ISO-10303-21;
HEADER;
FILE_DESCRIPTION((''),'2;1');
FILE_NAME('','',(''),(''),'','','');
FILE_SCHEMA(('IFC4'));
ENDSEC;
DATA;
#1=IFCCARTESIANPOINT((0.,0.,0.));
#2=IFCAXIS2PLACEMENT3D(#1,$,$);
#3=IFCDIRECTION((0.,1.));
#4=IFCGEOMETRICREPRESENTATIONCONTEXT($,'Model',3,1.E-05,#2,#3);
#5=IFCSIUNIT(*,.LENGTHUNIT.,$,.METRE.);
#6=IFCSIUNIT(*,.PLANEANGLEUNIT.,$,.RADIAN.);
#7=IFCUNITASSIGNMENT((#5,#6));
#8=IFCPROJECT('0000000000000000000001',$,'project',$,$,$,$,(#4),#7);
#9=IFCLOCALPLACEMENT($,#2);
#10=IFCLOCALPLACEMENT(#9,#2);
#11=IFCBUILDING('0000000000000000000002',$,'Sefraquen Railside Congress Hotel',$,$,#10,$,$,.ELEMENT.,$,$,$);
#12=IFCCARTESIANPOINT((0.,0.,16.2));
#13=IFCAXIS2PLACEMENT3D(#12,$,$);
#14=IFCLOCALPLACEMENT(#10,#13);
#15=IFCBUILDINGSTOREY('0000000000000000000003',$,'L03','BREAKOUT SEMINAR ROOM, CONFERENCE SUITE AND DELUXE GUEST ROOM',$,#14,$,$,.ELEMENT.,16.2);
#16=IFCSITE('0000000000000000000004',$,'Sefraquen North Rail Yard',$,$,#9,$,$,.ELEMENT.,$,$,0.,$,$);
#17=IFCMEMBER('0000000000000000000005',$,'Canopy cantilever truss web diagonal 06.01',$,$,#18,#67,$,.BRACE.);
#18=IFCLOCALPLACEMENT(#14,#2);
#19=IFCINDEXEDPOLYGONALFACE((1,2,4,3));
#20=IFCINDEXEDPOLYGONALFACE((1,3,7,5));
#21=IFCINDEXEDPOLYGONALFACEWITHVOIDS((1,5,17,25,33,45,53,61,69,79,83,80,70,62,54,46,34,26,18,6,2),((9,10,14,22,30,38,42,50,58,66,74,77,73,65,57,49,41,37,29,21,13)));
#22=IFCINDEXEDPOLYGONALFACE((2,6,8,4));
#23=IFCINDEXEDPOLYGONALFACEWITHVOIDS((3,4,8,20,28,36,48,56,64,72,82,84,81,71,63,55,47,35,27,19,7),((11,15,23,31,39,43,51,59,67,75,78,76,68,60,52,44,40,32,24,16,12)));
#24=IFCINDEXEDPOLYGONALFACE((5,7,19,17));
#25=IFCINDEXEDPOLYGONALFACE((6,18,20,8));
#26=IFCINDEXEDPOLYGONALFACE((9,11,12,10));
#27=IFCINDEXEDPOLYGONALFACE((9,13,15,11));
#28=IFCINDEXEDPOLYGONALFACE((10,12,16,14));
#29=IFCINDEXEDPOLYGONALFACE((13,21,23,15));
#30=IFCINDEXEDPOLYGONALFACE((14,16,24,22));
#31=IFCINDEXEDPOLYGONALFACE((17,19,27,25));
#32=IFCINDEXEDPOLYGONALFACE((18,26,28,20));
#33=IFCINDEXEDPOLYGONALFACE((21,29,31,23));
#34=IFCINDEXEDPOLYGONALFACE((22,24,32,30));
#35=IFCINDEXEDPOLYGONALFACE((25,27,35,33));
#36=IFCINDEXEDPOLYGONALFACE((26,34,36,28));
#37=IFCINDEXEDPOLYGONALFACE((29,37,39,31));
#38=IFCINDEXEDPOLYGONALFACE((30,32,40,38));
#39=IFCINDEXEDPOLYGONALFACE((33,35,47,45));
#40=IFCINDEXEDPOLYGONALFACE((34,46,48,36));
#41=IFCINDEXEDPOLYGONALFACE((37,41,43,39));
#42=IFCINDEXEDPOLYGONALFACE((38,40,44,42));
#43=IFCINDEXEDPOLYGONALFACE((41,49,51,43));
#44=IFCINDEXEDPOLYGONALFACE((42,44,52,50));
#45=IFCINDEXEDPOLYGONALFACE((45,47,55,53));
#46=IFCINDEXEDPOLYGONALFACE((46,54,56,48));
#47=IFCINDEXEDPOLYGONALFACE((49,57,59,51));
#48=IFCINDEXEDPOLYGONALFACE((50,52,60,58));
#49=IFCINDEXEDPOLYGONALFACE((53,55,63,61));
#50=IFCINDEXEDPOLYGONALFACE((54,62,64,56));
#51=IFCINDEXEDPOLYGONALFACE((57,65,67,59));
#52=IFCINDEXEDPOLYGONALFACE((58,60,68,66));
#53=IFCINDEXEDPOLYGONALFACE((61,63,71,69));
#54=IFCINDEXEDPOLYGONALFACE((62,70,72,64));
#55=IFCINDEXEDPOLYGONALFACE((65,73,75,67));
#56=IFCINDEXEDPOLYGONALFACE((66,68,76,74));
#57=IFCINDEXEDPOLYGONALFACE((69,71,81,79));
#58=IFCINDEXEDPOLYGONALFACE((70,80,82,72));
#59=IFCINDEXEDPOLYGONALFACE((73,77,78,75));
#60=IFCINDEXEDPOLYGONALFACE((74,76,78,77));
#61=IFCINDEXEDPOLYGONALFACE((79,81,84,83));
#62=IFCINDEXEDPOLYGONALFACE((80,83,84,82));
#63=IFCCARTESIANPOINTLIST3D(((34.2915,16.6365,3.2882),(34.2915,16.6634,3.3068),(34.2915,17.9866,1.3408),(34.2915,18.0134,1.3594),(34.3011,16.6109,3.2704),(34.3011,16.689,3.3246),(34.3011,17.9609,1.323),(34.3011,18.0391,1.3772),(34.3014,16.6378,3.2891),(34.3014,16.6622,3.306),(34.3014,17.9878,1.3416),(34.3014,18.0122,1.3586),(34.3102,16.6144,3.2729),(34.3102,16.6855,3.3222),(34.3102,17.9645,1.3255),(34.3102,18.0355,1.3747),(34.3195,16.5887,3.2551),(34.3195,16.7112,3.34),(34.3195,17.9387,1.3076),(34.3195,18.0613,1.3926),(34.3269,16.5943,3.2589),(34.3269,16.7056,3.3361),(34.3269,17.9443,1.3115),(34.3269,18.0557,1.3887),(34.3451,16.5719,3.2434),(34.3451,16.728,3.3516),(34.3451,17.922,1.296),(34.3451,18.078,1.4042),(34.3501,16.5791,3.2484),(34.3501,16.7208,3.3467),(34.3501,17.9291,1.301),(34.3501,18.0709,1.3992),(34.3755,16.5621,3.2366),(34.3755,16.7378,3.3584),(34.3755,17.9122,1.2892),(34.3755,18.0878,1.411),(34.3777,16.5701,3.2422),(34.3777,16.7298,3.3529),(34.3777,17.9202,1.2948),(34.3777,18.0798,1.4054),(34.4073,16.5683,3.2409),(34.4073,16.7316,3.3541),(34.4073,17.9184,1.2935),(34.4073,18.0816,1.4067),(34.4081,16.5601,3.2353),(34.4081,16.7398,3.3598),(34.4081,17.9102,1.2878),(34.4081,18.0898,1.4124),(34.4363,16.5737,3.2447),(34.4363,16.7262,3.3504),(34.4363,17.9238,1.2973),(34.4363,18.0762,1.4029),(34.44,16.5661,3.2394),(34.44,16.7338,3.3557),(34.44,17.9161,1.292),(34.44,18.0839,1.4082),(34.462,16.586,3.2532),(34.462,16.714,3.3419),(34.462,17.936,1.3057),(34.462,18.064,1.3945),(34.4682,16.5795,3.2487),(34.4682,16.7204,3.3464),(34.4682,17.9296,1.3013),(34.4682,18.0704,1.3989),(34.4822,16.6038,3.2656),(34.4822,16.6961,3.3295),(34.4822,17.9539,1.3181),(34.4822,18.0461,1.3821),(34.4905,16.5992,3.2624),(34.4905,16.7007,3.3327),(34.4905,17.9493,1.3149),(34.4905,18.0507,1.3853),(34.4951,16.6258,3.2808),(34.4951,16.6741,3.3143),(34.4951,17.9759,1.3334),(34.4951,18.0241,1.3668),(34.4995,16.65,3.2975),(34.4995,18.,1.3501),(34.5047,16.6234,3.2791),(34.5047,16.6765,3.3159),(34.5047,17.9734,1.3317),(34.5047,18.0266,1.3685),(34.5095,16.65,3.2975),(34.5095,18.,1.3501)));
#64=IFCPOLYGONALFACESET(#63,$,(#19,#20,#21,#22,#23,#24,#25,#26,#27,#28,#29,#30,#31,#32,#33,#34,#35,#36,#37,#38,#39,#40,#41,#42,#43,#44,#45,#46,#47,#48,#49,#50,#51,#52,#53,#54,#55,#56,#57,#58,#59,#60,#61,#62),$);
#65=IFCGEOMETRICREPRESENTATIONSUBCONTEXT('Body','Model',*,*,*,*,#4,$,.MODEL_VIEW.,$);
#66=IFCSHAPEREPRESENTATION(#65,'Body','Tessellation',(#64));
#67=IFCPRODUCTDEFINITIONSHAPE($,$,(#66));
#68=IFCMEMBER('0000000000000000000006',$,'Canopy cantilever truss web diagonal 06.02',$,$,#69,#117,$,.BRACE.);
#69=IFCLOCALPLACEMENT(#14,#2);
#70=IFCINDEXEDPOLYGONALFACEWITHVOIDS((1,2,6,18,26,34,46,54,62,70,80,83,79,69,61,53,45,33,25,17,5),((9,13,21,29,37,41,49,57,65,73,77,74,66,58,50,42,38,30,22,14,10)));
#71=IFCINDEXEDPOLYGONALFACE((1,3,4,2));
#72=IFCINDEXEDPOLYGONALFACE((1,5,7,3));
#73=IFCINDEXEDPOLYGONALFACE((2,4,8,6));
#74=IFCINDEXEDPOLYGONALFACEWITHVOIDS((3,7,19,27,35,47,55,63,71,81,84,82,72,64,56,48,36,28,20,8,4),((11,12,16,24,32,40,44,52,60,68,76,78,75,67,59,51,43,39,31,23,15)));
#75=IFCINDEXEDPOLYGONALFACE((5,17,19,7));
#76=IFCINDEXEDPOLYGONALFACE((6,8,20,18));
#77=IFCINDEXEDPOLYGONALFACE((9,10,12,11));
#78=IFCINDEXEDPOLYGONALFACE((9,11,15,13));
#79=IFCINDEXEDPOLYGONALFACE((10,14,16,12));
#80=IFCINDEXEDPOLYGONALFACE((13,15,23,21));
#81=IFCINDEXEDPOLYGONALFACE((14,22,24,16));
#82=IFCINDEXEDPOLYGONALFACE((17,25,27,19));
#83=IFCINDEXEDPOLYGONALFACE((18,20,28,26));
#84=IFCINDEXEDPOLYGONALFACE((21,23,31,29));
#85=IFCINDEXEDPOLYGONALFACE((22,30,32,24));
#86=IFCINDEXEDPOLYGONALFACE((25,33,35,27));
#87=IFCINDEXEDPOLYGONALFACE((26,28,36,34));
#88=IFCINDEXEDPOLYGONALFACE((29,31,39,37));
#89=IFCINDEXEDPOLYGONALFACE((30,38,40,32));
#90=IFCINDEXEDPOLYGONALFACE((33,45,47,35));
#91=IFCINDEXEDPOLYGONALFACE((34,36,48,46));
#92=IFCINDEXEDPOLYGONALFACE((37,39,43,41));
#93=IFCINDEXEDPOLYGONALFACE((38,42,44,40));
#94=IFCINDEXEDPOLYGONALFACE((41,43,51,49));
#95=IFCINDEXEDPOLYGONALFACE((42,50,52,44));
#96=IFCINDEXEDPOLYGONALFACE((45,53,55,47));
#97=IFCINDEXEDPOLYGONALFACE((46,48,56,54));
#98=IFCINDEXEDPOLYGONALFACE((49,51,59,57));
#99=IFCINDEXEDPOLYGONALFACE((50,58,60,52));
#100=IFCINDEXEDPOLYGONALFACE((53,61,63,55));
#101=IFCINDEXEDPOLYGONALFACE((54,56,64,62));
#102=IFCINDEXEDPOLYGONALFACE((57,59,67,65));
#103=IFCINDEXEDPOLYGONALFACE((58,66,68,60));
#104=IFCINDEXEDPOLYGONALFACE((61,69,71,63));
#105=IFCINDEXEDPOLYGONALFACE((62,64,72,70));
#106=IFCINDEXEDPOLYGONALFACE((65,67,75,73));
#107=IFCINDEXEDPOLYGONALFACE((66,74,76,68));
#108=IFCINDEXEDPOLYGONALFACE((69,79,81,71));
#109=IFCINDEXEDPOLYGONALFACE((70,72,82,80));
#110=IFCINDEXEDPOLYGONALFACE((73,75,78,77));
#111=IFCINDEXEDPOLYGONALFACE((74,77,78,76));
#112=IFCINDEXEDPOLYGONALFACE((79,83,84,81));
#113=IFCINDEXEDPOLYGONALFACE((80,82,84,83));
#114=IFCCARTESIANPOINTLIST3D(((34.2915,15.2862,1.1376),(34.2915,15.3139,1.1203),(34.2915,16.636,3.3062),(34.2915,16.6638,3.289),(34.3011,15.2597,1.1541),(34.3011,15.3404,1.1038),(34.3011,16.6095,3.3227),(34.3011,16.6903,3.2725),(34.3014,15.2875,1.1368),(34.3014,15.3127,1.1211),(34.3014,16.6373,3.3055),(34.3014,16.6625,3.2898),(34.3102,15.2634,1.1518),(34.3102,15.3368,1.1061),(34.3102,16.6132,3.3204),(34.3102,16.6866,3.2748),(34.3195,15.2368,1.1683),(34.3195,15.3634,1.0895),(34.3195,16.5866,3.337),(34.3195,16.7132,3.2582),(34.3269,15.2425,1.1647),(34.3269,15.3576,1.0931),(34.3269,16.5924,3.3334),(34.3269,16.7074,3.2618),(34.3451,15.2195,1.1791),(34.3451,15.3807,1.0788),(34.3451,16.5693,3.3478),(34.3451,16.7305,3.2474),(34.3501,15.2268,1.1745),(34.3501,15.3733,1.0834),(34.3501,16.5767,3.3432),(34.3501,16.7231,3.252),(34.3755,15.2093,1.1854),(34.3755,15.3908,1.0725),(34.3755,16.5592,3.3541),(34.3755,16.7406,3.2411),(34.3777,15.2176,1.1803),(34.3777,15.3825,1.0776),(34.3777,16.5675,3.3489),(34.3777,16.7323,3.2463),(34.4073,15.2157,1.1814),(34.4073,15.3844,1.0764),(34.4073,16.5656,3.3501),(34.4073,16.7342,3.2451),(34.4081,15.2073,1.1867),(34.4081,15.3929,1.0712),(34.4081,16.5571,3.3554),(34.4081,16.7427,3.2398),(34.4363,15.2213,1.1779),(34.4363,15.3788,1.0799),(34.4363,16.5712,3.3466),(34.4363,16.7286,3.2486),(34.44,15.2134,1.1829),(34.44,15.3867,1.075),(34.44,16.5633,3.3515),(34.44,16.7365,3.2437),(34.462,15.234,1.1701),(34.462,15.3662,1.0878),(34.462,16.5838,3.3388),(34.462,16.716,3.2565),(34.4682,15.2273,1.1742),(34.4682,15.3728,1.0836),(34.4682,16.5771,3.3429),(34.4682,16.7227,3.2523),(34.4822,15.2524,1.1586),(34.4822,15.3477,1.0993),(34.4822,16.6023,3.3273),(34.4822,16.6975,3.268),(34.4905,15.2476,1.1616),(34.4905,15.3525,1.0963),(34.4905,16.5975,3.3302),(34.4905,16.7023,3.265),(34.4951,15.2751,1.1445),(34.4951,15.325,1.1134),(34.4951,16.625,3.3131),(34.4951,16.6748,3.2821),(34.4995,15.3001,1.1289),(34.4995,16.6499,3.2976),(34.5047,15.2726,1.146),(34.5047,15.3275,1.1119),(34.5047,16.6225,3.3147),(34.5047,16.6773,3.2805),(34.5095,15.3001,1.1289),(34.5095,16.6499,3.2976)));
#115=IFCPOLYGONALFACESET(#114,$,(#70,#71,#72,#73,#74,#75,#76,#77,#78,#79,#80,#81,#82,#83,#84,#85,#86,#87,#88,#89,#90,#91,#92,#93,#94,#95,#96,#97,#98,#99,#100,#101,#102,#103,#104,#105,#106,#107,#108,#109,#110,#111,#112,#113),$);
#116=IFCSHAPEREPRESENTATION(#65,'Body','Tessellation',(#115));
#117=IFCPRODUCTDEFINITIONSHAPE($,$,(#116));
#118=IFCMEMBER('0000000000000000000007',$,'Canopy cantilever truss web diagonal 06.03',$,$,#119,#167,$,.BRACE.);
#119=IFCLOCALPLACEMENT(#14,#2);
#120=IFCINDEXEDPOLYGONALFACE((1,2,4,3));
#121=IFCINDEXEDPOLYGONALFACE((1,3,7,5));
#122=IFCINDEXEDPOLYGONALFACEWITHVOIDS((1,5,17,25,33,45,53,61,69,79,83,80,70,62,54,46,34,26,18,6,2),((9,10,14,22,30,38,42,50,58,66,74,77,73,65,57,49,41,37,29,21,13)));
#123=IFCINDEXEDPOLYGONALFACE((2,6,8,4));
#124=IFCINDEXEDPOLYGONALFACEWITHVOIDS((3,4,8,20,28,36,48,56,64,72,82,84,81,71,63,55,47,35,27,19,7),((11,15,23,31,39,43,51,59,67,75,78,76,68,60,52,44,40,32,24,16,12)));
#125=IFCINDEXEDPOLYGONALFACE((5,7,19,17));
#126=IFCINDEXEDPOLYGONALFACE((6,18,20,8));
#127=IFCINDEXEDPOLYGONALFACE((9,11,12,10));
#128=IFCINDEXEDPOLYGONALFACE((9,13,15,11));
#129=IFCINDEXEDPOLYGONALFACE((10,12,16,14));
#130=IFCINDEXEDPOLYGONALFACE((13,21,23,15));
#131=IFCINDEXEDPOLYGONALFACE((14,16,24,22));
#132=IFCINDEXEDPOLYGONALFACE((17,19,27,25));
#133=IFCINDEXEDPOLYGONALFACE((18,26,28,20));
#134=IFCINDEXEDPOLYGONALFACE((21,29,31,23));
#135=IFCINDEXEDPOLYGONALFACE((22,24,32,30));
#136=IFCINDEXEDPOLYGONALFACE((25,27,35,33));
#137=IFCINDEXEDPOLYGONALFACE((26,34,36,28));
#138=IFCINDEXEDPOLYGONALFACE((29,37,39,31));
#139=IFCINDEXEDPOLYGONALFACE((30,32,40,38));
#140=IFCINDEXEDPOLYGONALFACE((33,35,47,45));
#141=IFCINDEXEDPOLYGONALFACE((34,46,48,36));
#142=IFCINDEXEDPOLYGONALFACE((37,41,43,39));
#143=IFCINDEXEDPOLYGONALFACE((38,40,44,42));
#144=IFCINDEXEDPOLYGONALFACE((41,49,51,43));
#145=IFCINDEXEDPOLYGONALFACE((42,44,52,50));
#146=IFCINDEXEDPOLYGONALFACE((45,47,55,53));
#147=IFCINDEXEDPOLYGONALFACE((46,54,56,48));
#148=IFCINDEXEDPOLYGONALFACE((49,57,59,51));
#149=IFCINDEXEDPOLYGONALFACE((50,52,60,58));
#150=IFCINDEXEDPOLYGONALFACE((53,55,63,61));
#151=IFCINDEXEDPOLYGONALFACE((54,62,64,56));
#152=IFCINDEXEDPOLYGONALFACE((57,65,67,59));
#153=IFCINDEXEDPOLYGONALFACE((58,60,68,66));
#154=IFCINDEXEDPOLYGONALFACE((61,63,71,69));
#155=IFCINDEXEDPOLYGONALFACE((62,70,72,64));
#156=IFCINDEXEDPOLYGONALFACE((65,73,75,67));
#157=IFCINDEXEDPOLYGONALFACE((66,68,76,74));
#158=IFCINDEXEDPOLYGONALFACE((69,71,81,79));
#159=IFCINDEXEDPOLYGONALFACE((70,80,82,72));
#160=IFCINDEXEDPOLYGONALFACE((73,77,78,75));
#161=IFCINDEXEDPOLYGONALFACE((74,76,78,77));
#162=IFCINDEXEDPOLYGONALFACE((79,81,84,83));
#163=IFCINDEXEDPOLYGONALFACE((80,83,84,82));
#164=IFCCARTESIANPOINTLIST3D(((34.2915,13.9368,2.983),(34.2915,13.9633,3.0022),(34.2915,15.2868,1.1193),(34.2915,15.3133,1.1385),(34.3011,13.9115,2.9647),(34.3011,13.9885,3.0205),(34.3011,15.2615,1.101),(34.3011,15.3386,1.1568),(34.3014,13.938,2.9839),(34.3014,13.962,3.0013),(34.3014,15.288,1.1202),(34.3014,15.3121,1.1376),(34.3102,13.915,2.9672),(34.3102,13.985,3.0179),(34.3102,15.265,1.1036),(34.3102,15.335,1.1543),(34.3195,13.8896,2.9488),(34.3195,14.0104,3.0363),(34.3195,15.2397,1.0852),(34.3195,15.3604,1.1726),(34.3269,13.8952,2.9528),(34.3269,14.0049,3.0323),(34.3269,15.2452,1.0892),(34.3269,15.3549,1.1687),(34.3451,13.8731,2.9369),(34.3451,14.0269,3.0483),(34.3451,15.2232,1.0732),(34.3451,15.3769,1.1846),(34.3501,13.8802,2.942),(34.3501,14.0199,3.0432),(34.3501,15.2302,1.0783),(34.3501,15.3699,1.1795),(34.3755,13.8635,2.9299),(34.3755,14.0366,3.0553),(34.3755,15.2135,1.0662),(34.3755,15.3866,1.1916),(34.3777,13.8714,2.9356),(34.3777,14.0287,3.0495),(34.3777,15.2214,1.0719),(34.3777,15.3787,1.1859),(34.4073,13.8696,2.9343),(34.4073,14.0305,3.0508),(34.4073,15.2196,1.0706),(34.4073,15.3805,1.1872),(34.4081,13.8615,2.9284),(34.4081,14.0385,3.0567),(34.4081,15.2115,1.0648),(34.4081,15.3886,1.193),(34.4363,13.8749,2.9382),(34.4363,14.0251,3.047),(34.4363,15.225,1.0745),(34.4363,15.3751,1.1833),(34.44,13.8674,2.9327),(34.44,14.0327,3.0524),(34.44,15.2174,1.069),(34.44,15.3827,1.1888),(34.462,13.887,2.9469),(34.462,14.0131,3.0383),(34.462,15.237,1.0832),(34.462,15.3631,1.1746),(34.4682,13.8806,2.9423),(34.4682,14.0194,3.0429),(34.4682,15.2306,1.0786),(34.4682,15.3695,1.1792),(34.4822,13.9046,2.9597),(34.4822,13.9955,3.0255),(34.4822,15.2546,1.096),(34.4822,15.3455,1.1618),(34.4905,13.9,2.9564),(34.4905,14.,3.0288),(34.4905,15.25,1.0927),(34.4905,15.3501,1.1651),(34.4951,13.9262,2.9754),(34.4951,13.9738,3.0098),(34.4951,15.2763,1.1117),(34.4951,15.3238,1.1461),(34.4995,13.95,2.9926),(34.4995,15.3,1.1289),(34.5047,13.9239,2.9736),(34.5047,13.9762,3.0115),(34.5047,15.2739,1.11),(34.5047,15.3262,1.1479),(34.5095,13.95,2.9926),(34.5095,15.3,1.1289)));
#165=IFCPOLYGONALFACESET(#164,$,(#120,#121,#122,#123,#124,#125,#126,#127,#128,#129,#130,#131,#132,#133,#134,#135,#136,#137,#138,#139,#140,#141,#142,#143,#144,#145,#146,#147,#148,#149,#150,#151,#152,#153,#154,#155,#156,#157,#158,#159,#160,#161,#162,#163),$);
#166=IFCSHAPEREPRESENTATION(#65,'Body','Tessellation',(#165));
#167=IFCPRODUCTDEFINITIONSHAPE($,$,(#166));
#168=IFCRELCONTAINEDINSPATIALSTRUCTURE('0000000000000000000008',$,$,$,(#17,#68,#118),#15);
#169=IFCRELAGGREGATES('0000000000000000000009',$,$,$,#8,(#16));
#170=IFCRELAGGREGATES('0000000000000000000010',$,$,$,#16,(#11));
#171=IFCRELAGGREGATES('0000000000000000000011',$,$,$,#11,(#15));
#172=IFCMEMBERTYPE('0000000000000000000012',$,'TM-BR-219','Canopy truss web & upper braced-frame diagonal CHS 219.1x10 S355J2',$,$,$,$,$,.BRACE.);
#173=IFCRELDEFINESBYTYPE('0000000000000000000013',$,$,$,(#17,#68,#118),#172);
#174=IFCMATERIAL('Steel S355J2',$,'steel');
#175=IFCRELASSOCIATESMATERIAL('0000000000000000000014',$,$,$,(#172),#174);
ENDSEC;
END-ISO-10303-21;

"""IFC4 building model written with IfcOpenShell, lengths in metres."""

from ifc_helpers import new_model, si_unit, direction, frame, origin, origin_2d, place, context, subcontext, project, spatial, hollow_circle, extrude, material, material_profile, profile_set, type_object, element, save


model = new_model("IFC4")

# Units and contexts
model_context = context("Model", 3, precision=1e-05, world=origin(), true_north=direction((0.0, 1.0)))
body_context = subcontext(model_context, "Body", "Model", "MODEL_VIEW")
ifc_project = project(units=[si_unit("LENGTHUNIT", "METRE"), si_unit("PLANEANGLEUNIT", "RADIAN")], contexts=[model_context])

# Site, building, storey
site_placement = place(None, origin())
site = spatial("IfcSite", under=ifc_project, at=site_placement, Name="Sefraquen North Rail Yard", CompositionType="ELEMENT", RefElevation=0.0)
building_placement = place(site_placement, origin())
building = spatial("IfcBuilding", under=site, at=building_placement, Name="Sefraquen Railside Congress Hotel", CompositionType="ELEMENT")
storey_placement = place(building_placement, frame((0.0, 0.0, 16.2)))
storey = spatial("IfcBuildingStorey", under=building, at=storey_placement, Name="L03", Description="BREAKOUT SEMINAR ROOM, CONFERENCE SUITE AND DELUXE GUEST ROOM", CompositionType="ELEMENT", Elevation=16.2)

# Shared definitions
ifc_material_1 = material(Name="Steel S355J2", Category="steel")

# Members
ifc_material_profile_1 = material_profile(ifc_material_1, hollow_circle(Radius=0.1096, WallThickness=0.01, at=origin_2d()), Name="CHS 219.1x10")
ifc_profile_set_1 = profile_set([ifc_material_profile_1], Name="Steel S355J2")
member_type_1 = type_object("IfcMemberType", Name="TM-BR-219", Description="Canopy truss web & upper braced-frame diagonal CHS 219.1x10 S355J2", PredefinedType="BRACE", material=ifc_profile_set_1)
member_1_placement = place(storey_placement, frame((34.3999, 18.0, 1.3501), z_axis=(0.0, -0.56973, 0.821832), x_axis=(1.0, 0.0, 0.0)))
element("IfcMember", 1, at=member_1_placement, inside=storey, type_object=member_type_1, Name="Canopy cantilever truss web diagonal 06.01", PredefinedType="BRACE", context=body_context, shape_type="SweptSolid", body=[
    extrude(hollow_circle(Radius=0.1096, WallThickness=0.01, at=origin_2d()), origin(), (0.0, 0.0, 1.0), 2.3696),
])
member_2_placement = place(storey_placement, frame((34.3999, 16.6499, 3.2976), z_axis=(0.0, -0.528426, -0.848979), x_axis=(1.0, 0.0, 0.0)))
element("IfcMember", 2, at=member_2_placement, inside=storey, type_object=member_type_1, Name="Canopy cantilever truss web diagonal 06.02", PredefinedType="BRACE", context=body_context, shape_type="SweptSolid", body=[
    extrude(hollow_circle(Radius=0.1096, WallThickness=0.01, at=origin_2d()), origin(), (0.0, 0.0, 1.0), 2.5544),
])
member_3_placement = place(storey_placement, frame((34.3999, 15.3, 1.1289), z_axis=(0.0, -0.586644, 0.809845), x_axis=(1.0, 0.0, 0.0)))
element("IfcMember", 3, at=member_3_placement, inside=storey, type_object=member_type_1, Name="Canopy cantilever truss web diagonal 06.03", PredefinedType="BRACE", context=body_context, shape_type="SweptSolid", body=[
    extrude(hollow_circle(Radius=0.1096, WallThickness=0.01, at=origin_2d()), origin(), (0.0, 0.0, 1.0), 2.3013),
])

save(model, "model.ifc")
